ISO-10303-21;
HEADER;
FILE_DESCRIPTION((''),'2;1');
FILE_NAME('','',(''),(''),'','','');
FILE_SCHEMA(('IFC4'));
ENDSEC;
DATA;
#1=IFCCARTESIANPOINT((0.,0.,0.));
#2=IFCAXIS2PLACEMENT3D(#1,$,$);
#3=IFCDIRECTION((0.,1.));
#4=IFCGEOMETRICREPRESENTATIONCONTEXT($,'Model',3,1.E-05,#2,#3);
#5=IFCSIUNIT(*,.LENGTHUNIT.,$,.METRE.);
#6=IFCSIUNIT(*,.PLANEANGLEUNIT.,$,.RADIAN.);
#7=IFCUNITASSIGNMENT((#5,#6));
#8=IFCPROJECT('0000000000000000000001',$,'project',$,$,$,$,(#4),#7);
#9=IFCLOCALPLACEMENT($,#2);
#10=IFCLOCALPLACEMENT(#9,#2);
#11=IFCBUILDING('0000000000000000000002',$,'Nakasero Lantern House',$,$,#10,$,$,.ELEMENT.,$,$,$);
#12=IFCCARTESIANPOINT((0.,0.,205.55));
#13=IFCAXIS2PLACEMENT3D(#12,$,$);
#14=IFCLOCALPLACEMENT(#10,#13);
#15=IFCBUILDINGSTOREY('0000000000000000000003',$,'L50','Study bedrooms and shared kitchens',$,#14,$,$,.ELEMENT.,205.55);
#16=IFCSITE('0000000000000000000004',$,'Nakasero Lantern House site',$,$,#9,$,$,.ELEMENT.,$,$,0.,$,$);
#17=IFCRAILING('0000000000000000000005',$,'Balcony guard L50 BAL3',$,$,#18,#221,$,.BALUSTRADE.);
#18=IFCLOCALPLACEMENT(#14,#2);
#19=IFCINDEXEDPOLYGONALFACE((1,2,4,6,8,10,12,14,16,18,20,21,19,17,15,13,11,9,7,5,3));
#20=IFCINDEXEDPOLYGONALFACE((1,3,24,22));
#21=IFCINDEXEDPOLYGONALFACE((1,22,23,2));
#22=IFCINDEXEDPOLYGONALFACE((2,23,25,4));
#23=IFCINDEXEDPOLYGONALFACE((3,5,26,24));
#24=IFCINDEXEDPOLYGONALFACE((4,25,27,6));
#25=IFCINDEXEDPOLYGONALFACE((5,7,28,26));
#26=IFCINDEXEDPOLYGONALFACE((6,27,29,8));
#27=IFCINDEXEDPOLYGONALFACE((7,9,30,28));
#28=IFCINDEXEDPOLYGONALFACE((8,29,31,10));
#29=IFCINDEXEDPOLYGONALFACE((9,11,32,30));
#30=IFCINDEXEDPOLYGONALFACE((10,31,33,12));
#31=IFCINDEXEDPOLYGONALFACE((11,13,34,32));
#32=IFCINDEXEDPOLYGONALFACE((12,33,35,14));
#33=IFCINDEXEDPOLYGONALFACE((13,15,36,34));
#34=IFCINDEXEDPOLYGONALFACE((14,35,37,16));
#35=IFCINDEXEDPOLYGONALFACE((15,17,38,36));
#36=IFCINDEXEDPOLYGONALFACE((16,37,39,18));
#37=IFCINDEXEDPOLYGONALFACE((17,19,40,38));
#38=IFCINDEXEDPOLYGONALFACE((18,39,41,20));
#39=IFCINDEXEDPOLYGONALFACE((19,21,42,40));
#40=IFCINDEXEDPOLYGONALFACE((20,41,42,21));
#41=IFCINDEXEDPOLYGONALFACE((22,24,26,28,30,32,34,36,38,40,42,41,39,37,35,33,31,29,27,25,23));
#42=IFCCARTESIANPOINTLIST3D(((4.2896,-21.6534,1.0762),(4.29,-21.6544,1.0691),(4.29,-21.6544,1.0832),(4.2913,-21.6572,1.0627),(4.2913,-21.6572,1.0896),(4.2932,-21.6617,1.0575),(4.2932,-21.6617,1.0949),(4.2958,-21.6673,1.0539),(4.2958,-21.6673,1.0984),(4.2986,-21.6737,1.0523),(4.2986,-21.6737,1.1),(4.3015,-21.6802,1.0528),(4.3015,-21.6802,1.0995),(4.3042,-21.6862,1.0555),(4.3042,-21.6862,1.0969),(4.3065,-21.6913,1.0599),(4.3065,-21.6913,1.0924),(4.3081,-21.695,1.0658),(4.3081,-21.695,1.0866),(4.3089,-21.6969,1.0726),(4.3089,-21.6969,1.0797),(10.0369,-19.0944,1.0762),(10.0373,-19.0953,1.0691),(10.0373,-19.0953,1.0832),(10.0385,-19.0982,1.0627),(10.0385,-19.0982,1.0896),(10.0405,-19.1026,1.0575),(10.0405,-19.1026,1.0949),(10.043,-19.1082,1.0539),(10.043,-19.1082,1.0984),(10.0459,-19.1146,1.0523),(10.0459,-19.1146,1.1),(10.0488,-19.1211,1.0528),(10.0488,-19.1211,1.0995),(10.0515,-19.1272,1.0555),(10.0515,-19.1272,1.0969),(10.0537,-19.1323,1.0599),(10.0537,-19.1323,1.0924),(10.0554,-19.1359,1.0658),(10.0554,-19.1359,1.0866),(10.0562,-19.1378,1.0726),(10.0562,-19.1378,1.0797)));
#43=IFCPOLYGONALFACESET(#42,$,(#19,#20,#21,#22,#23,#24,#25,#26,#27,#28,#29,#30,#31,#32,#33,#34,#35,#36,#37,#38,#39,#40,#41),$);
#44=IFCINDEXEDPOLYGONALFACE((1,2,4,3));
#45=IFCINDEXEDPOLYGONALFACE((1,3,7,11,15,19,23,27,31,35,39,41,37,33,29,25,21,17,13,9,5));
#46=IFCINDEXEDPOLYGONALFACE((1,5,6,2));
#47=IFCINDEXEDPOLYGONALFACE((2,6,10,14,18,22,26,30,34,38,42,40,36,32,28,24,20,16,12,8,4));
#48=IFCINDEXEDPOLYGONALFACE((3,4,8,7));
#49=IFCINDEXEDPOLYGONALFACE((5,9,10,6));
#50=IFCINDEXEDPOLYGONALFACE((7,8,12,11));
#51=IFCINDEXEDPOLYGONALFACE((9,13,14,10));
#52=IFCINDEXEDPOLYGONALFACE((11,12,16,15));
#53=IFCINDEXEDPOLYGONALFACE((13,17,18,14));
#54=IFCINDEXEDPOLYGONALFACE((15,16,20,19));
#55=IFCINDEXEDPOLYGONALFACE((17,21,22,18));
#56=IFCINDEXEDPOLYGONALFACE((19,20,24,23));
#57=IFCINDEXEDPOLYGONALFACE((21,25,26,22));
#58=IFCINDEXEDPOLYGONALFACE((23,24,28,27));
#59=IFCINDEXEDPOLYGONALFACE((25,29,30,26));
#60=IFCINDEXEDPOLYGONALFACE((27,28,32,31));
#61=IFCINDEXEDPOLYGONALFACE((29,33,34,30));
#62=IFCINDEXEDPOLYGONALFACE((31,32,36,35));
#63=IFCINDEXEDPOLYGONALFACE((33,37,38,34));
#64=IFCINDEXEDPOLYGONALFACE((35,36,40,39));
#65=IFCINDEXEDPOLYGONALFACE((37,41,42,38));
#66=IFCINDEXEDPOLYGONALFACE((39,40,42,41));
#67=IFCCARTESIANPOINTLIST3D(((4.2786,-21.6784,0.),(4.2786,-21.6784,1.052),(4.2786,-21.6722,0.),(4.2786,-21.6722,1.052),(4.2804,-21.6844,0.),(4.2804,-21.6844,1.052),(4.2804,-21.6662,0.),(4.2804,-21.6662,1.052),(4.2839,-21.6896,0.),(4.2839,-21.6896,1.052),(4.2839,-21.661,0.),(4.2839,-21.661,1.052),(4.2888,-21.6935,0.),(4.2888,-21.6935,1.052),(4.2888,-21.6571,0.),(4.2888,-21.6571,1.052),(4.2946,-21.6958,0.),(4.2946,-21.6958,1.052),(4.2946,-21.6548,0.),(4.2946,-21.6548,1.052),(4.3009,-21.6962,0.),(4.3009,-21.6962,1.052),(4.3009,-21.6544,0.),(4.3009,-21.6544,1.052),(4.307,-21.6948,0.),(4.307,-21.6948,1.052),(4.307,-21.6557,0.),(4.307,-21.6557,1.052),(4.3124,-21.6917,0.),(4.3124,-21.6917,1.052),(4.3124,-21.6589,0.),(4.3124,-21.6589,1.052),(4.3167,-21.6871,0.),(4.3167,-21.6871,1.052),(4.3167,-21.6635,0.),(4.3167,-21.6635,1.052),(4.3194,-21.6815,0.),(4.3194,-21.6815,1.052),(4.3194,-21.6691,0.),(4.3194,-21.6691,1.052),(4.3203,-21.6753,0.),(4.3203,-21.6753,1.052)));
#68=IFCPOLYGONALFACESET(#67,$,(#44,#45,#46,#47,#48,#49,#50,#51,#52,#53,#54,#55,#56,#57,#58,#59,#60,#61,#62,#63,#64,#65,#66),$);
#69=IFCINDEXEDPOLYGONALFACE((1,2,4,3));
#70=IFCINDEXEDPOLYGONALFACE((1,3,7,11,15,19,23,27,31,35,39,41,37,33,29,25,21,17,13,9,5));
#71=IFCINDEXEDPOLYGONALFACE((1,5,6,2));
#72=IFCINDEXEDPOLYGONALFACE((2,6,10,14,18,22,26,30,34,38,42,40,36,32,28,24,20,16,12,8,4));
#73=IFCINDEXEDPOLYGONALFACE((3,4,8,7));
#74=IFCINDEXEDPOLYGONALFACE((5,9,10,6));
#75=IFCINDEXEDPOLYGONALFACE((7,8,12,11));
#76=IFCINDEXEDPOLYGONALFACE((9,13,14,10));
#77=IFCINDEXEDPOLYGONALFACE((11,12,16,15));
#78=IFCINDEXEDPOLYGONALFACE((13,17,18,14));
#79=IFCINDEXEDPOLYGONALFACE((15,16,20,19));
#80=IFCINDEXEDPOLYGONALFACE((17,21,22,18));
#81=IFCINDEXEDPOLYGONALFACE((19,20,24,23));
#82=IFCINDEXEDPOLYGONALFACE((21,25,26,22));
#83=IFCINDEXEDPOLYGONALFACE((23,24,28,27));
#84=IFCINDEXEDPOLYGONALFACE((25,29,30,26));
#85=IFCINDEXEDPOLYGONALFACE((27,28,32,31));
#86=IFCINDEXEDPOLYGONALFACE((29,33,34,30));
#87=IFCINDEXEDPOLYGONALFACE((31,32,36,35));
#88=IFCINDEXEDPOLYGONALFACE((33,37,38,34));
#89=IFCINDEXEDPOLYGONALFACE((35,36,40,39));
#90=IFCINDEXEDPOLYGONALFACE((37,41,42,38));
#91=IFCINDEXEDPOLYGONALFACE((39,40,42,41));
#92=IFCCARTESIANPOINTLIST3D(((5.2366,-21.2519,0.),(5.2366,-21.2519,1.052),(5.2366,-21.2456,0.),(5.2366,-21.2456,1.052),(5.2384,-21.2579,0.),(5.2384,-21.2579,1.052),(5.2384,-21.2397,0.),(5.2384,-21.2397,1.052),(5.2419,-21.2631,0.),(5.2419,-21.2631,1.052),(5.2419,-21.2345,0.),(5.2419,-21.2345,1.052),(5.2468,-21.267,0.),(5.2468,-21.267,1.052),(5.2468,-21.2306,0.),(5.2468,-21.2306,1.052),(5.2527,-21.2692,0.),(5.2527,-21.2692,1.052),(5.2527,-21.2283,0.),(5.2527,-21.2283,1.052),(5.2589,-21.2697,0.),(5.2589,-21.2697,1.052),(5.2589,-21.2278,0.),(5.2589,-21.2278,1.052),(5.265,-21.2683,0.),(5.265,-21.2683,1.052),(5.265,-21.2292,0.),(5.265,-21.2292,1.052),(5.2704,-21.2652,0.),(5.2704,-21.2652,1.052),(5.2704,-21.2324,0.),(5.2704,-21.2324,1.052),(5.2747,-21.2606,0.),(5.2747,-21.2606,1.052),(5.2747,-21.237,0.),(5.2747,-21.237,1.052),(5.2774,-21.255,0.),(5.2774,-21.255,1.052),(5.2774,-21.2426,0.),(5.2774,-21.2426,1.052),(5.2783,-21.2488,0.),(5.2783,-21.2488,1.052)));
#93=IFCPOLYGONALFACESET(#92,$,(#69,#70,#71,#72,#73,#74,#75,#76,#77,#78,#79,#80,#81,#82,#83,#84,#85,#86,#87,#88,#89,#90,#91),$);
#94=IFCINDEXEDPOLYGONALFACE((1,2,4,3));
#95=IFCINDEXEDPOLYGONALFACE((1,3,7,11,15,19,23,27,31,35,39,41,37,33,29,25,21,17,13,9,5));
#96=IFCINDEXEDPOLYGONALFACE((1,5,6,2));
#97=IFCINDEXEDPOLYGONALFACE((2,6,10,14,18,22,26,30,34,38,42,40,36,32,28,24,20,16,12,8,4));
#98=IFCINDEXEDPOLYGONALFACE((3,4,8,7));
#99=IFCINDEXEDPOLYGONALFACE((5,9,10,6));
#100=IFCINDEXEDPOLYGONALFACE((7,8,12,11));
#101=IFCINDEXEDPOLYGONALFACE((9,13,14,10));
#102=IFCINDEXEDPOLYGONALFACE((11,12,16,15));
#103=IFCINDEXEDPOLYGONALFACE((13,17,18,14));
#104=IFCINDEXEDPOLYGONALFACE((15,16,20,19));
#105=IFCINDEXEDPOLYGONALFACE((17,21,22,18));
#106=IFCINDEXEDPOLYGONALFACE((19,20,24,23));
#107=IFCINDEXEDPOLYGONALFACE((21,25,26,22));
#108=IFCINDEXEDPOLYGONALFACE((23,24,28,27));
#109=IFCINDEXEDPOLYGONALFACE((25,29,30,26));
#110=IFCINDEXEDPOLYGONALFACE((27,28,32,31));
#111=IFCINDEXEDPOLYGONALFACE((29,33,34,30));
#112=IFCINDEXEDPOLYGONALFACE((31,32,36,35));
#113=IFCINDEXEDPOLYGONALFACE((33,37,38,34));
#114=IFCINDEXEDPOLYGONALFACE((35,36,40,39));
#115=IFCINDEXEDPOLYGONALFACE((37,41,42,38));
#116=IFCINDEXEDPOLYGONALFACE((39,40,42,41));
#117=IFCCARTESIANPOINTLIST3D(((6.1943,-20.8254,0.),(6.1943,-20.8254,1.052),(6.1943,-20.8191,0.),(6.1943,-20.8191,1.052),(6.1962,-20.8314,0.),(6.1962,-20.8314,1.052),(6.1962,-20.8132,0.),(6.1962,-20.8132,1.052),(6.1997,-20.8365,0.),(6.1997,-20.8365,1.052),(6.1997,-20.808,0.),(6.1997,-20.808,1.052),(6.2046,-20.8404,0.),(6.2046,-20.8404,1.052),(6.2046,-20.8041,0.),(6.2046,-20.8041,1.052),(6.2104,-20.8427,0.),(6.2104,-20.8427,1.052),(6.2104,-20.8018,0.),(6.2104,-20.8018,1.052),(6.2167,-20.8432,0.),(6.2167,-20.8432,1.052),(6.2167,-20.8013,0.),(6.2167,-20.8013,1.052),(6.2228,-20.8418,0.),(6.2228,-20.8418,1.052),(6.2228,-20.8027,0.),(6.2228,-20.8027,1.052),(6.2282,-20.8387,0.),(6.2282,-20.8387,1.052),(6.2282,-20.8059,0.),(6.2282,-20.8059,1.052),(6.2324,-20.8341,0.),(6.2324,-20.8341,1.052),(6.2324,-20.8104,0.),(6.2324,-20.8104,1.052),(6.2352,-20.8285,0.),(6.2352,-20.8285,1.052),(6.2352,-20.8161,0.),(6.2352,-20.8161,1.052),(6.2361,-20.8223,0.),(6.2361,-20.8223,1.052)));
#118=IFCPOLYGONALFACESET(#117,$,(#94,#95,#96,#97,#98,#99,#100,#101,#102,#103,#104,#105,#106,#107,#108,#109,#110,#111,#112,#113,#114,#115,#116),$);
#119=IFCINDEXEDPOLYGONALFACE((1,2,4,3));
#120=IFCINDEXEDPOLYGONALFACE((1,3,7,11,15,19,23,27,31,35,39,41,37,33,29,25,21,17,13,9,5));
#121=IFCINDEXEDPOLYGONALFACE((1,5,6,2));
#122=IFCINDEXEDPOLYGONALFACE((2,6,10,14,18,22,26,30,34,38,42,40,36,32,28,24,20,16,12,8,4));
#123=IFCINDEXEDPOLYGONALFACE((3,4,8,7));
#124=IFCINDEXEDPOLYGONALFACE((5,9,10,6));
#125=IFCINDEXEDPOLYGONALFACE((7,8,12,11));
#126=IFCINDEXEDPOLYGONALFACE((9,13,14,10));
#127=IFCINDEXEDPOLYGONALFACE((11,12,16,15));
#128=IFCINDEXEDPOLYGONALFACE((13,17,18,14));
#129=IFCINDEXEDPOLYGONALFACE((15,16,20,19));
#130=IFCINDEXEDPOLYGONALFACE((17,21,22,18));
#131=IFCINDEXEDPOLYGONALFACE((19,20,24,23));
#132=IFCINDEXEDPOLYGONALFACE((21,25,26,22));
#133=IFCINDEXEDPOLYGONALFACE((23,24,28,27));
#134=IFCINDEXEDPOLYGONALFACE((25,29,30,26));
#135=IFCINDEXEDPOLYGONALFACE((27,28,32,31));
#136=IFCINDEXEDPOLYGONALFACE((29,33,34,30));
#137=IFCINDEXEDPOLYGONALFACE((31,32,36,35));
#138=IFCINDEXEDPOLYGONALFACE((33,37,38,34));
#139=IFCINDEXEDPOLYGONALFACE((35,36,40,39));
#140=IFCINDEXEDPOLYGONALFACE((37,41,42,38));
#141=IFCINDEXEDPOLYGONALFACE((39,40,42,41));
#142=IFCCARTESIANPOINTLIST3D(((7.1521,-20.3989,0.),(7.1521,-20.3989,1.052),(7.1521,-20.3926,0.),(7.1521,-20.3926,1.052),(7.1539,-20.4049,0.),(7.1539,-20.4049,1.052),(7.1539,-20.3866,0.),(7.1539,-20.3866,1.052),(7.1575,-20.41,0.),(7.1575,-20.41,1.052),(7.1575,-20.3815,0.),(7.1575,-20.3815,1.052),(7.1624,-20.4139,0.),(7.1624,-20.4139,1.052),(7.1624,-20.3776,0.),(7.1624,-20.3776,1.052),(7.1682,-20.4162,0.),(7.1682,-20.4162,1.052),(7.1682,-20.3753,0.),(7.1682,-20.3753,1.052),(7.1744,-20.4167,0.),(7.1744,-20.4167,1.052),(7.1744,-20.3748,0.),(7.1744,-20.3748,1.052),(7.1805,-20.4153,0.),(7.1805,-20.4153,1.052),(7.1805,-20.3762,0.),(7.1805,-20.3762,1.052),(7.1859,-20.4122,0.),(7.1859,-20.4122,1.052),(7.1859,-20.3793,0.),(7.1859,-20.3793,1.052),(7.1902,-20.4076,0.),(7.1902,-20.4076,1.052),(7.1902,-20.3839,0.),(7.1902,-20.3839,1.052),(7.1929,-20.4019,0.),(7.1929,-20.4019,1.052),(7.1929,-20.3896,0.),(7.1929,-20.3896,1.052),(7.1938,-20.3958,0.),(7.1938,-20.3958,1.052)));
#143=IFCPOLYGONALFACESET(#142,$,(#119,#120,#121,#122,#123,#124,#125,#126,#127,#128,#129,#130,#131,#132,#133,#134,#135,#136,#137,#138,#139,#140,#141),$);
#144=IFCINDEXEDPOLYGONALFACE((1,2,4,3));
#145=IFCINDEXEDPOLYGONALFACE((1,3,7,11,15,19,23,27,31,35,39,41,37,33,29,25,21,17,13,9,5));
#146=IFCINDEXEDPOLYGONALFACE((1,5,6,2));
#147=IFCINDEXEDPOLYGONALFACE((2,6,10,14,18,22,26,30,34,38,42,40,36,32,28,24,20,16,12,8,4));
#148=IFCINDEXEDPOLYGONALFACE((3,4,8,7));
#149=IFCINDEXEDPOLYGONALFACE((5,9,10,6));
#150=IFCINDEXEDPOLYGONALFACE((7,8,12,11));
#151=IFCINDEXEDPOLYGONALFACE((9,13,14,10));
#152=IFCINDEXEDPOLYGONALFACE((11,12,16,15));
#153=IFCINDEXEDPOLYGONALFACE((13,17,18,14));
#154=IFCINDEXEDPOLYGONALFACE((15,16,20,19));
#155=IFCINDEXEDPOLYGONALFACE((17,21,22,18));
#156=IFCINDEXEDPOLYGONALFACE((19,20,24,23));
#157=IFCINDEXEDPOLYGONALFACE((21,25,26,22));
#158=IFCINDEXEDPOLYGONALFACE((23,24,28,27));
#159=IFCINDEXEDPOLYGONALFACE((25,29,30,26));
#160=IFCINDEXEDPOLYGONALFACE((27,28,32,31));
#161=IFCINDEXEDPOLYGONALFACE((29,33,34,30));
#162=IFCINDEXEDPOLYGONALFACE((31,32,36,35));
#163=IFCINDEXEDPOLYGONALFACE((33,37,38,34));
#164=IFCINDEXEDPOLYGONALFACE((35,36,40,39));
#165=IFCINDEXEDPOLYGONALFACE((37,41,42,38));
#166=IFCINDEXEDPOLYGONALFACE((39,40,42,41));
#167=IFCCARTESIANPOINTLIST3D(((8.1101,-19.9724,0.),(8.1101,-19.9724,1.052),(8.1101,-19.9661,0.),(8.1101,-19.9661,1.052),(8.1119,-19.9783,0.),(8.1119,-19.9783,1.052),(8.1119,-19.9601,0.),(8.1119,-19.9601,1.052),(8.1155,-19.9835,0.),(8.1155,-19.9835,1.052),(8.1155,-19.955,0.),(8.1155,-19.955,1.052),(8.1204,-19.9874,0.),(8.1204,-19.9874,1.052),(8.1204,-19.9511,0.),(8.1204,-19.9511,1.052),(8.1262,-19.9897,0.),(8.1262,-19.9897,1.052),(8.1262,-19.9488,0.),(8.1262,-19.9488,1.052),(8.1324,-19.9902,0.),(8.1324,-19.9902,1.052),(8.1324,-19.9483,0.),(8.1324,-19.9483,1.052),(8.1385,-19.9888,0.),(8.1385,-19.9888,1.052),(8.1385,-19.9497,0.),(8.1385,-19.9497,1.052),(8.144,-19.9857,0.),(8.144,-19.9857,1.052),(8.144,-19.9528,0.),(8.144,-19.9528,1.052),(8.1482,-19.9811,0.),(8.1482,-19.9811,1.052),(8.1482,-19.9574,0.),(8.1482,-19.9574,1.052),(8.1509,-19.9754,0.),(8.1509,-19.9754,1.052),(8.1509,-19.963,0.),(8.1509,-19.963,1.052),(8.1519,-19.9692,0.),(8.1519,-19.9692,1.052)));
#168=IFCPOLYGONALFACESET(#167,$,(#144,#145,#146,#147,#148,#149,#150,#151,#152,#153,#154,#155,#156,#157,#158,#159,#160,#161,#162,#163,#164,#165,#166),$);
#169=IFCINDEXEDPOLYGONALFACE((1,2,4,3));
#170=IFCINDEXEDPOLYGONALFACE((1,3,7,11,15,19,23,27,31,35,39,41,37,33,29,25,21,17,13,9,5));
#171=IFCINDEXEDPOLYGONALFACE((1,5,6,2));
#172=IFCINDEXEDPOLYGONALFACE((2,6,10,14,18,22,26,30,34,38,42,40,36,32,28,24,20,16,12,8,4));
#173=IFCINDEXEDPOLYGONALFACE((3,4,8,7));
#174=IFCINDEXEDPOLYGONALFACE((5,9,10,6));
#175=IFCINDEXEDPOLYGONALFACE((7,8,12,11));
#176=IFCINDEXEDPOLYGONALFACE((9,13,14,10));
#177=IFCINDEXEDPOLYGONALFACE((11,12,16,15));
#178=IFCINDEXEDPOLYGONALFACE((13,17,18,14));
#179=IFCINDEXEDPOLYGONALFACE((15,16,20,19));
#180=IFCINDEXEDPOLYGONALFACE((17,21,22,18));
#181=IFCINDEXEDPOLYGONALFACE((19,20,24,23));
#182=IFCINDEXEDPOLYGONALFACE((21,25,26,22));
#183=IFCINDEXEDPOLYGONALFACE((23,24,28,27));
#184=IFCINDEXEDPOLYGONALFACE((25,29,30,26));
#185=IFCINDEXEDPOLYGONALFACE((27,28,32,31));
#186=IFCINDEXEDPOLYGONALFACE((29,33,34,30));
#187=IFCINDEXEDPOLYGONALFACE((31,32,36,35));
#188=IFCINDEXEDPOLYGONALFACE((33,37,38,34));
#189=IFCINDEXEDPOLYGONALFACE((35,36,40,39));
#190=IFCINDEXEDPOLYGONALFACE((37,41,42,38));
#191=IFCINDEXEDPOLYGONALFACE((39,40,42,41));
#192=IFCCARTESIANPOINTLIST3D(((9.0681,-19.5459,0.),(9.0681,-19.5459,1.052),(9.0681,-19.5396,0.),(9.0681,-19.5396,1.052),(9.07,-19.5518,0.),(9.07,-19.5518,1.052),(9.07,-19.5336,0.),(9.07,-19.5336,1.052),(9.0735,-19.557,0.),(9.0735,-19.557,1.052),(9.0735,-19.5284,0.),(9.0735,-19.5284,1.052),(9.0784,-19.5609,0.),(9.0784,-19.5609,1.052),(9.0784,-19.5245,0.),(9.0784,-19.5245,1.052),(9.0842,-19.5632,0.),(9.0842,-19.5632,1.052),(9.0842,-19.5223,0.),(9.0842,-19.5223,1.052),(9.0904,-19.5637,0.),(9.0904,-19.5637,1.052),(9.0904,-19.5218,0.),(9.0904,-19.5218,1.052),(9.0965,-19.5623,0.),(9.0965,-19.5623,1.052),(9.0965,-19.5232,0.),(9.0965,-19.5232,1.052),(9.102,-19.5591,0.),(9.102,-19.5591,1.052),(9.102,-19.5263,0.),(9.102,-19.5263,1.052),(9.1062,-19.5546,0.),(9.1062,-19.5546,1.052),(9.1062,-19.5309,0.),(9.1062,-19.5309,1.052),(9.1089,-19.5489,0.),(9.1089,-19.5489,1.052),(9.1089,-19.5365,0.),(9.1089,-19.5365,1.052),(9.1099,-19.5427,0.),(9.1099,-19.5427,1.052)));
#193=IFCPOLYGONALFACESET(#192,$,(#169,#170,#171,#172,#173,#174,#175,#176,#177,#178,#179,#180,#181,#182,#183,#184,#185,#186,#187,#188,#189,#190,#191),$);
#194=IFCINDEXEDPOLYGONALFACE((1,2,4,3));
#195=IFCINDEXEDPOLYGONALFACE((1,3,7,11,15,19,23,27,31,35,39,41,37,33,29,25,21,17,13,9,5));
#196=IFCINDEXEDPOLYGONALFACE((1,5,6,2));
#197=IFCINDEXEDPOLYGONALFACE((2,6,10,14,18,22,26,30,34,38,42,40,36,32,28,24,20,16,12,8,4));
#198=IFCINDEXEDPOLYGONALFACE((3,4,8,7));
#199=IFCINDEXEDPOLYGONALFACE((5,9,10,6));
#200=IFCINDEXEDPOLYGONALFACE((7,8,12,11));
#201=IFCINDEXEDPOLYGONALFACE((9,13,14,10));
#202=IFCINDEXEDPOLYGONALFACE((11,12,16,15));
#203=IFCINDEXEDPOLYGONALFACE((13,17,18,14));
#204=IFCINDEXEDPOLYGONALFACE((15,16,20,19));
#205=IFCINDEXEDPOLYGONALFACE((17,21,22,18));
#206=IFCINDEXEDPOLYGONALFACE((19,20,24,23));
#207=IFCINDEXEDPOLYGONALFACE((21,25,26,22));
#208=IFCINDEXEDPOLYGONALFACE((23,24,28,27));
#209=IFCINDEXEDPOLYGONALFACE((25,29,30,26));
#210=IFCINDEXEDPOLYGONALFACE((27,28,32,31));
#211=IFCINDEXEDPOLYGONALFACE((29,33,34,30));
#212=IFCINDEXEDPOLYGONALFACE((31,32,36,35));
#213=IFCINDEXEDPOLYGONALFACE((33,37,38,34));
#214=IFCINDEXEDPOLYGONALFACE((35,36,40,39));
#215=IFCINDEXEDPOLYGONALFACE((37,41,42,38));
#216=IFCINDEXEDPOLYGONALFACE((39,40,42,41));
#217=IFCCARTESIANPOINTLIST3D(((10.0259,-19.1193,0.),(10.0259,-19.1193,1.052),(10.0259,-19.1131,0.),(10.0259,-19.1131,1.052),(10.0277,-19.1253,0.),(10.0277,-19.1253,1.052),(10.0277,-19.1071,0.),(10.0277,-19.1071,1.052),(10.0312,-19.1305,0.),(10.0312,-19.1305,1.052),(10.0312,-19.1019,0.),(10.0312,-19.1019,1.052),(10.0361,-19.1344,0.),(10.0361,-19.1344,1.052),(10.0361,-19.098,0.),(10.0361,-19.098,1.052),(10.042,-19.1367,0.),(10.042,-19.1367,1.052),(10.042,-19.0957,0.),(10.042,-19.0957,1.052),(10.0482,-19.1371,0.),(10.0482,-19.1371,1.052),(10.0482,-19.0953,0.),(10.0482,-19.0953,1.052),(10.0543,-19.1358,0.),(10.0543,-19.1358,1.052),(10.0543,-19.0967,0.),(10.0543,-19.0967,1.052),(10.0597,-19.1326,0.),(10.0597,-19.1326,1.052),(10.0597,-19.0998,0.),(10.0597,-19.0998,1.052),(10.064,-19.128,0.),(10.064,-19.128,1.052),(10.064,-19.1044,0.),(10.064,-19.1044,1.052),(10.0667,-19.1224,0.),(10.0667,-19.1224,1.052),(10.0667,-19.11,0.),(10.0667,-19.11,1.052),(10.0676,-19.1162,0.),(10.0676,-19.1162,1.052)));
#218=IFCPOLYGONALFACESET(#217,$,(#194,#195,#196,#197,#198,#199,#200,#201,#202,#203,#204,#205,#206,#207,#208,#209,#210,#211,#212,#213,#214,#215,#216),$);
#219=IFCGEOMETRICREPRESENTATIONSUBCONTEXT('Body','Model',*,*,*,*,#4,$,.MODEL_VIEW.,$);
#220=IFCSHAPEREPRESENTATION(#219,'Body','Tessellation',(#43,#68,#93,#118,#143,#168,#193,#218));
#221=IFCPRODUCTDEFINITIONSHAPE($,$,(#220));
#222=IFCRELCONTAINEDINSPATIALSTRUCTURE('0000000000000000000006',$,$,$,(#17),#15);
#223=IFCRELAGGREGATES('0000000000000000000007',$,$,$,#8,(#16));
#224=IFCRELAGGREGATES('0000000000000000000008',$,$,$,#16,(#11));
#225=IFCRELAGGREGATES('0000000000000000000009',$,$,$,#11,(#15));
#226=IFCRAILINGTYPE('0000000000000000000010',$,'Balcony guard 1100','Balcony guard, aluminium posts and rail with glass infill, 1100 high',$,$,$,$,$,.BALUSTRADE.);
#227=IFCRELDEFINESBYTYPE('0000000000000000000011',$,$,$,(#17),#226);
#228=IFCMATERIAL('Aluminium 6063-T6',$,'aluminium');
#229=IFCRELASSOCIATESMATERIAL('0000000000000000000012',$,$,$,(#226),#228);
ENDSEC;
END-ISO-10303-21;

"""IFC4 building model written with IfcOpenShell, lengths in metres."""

from ifc_helpers import new_model, si_unit, direction, frame, origin, origin_2d, place, context, subcontext, project, spatial, circle, extrude, material, type_object, element, save


model = new_model("IFC4")

# Units and contexts
model_context = context("Model", 3, precision=1e-05, world=origin(), true_north=direction((0.0, 1.0)))
body_context = subcontext(model_context, "Body", "Model", "MODEL_VIEW")
ifc_project = project(units=[si_unit("LENGTHUNIT", "METRE"), si_unit("PLANEANGLEUNIT", "RADIAN")], contexts=[model_context])

# Site, building, storey
site_placement = place(None, origin())
site = spatial("IfcSite", under=ifc_project, at=site_placement, Name="Nakasero Lantern House site", CompositionType="ELEMENT", RefElevation=0.0)
building_placement = place(site_placement, origin())
building = spatial("IfcBuilding", under=site, at=building_placement, Name="Nakasero Lantern House", CompositionType="ELEMENT")
storey_placement = place(building_placement, frame((0.0, 0.0, 205.55)))
storey = spatial("IfcBuildingStorey", under=building, at=storey_placement, Name="L50", Description="Study bedrooms and shared kitchens", CompositionType="ELEMENT", Elevation=205.55)

# Railing
ifc_material_1 = material(Name="Aluminium 6063-T6", Category="aluminium")
railing_type = type_object("IfcRailingType", Name="Balcony guard 1100", Description="Balcony guard, aluminium posts and rail with glass infill, 1100 high", PredefinedType="BALUSTRADE", material=ifc_material_1)
railing_placement = place(storey_placement, frame((4.2993, -21.6753, 0.0)))
element("IfcRailing", 1, at=railing_placement, inside=storey, type_object=railing_type, Name="Balcony guard L50 BAL3", PredefinedType="BALUSTRADE", context=body_context, shape_type="SweptSolid", body=[
    extrude(circle(Radius=0.0239, at=origin_2d()), frame((0.0, 0.0, 1.0762), z_axis=(0.913533, 0.406765, 0.0), x_axis=(-0.406765, 0.913533, 0.0)), (0.0, 0.0, 1.0), 6.2913),
    extrude(circle(Radius=0.021, at=origin_2d()), origin(), (0.0, 0.0, 1.0), 1.052),
    extrude(circle(Radius=0.021, at=origin_2d()), frame((0.958, 0.4265, 0.0)), (0.0, 0.0, 1.0), 1.052),
    extrude(circle(Radius=0.021, at=origin_2d()), frame((1.9158, 0.853, 0.0)), (0.0, 0.0, 1.0), 1.052),
    extrude(circle(Radius=0.021, at=origin_2d()), frame((2.8735, 1.2795, 0.0)), (0.0, 0.0, 1.0), 1.052),
    extrude(circle(Radius=0.021, at=origin_2d()), frame((3.8315, 1.7061, 0.0)), (0.0, 0.0, 1.0), 1.052),
    extrude(circle(Radius=0.021, at=origin_2d()), frame((4.7896, 2.1326, 0.0)), (0.0, 0.0, 1.0), 1.052),
    extrude(circle(Radius=0.021, at=origin_2d()), frame((5.7473, 2.5591, 0.0)), (0.0, 0.0, 1.0), 1.052),
])

save(model, "model.ifc")
